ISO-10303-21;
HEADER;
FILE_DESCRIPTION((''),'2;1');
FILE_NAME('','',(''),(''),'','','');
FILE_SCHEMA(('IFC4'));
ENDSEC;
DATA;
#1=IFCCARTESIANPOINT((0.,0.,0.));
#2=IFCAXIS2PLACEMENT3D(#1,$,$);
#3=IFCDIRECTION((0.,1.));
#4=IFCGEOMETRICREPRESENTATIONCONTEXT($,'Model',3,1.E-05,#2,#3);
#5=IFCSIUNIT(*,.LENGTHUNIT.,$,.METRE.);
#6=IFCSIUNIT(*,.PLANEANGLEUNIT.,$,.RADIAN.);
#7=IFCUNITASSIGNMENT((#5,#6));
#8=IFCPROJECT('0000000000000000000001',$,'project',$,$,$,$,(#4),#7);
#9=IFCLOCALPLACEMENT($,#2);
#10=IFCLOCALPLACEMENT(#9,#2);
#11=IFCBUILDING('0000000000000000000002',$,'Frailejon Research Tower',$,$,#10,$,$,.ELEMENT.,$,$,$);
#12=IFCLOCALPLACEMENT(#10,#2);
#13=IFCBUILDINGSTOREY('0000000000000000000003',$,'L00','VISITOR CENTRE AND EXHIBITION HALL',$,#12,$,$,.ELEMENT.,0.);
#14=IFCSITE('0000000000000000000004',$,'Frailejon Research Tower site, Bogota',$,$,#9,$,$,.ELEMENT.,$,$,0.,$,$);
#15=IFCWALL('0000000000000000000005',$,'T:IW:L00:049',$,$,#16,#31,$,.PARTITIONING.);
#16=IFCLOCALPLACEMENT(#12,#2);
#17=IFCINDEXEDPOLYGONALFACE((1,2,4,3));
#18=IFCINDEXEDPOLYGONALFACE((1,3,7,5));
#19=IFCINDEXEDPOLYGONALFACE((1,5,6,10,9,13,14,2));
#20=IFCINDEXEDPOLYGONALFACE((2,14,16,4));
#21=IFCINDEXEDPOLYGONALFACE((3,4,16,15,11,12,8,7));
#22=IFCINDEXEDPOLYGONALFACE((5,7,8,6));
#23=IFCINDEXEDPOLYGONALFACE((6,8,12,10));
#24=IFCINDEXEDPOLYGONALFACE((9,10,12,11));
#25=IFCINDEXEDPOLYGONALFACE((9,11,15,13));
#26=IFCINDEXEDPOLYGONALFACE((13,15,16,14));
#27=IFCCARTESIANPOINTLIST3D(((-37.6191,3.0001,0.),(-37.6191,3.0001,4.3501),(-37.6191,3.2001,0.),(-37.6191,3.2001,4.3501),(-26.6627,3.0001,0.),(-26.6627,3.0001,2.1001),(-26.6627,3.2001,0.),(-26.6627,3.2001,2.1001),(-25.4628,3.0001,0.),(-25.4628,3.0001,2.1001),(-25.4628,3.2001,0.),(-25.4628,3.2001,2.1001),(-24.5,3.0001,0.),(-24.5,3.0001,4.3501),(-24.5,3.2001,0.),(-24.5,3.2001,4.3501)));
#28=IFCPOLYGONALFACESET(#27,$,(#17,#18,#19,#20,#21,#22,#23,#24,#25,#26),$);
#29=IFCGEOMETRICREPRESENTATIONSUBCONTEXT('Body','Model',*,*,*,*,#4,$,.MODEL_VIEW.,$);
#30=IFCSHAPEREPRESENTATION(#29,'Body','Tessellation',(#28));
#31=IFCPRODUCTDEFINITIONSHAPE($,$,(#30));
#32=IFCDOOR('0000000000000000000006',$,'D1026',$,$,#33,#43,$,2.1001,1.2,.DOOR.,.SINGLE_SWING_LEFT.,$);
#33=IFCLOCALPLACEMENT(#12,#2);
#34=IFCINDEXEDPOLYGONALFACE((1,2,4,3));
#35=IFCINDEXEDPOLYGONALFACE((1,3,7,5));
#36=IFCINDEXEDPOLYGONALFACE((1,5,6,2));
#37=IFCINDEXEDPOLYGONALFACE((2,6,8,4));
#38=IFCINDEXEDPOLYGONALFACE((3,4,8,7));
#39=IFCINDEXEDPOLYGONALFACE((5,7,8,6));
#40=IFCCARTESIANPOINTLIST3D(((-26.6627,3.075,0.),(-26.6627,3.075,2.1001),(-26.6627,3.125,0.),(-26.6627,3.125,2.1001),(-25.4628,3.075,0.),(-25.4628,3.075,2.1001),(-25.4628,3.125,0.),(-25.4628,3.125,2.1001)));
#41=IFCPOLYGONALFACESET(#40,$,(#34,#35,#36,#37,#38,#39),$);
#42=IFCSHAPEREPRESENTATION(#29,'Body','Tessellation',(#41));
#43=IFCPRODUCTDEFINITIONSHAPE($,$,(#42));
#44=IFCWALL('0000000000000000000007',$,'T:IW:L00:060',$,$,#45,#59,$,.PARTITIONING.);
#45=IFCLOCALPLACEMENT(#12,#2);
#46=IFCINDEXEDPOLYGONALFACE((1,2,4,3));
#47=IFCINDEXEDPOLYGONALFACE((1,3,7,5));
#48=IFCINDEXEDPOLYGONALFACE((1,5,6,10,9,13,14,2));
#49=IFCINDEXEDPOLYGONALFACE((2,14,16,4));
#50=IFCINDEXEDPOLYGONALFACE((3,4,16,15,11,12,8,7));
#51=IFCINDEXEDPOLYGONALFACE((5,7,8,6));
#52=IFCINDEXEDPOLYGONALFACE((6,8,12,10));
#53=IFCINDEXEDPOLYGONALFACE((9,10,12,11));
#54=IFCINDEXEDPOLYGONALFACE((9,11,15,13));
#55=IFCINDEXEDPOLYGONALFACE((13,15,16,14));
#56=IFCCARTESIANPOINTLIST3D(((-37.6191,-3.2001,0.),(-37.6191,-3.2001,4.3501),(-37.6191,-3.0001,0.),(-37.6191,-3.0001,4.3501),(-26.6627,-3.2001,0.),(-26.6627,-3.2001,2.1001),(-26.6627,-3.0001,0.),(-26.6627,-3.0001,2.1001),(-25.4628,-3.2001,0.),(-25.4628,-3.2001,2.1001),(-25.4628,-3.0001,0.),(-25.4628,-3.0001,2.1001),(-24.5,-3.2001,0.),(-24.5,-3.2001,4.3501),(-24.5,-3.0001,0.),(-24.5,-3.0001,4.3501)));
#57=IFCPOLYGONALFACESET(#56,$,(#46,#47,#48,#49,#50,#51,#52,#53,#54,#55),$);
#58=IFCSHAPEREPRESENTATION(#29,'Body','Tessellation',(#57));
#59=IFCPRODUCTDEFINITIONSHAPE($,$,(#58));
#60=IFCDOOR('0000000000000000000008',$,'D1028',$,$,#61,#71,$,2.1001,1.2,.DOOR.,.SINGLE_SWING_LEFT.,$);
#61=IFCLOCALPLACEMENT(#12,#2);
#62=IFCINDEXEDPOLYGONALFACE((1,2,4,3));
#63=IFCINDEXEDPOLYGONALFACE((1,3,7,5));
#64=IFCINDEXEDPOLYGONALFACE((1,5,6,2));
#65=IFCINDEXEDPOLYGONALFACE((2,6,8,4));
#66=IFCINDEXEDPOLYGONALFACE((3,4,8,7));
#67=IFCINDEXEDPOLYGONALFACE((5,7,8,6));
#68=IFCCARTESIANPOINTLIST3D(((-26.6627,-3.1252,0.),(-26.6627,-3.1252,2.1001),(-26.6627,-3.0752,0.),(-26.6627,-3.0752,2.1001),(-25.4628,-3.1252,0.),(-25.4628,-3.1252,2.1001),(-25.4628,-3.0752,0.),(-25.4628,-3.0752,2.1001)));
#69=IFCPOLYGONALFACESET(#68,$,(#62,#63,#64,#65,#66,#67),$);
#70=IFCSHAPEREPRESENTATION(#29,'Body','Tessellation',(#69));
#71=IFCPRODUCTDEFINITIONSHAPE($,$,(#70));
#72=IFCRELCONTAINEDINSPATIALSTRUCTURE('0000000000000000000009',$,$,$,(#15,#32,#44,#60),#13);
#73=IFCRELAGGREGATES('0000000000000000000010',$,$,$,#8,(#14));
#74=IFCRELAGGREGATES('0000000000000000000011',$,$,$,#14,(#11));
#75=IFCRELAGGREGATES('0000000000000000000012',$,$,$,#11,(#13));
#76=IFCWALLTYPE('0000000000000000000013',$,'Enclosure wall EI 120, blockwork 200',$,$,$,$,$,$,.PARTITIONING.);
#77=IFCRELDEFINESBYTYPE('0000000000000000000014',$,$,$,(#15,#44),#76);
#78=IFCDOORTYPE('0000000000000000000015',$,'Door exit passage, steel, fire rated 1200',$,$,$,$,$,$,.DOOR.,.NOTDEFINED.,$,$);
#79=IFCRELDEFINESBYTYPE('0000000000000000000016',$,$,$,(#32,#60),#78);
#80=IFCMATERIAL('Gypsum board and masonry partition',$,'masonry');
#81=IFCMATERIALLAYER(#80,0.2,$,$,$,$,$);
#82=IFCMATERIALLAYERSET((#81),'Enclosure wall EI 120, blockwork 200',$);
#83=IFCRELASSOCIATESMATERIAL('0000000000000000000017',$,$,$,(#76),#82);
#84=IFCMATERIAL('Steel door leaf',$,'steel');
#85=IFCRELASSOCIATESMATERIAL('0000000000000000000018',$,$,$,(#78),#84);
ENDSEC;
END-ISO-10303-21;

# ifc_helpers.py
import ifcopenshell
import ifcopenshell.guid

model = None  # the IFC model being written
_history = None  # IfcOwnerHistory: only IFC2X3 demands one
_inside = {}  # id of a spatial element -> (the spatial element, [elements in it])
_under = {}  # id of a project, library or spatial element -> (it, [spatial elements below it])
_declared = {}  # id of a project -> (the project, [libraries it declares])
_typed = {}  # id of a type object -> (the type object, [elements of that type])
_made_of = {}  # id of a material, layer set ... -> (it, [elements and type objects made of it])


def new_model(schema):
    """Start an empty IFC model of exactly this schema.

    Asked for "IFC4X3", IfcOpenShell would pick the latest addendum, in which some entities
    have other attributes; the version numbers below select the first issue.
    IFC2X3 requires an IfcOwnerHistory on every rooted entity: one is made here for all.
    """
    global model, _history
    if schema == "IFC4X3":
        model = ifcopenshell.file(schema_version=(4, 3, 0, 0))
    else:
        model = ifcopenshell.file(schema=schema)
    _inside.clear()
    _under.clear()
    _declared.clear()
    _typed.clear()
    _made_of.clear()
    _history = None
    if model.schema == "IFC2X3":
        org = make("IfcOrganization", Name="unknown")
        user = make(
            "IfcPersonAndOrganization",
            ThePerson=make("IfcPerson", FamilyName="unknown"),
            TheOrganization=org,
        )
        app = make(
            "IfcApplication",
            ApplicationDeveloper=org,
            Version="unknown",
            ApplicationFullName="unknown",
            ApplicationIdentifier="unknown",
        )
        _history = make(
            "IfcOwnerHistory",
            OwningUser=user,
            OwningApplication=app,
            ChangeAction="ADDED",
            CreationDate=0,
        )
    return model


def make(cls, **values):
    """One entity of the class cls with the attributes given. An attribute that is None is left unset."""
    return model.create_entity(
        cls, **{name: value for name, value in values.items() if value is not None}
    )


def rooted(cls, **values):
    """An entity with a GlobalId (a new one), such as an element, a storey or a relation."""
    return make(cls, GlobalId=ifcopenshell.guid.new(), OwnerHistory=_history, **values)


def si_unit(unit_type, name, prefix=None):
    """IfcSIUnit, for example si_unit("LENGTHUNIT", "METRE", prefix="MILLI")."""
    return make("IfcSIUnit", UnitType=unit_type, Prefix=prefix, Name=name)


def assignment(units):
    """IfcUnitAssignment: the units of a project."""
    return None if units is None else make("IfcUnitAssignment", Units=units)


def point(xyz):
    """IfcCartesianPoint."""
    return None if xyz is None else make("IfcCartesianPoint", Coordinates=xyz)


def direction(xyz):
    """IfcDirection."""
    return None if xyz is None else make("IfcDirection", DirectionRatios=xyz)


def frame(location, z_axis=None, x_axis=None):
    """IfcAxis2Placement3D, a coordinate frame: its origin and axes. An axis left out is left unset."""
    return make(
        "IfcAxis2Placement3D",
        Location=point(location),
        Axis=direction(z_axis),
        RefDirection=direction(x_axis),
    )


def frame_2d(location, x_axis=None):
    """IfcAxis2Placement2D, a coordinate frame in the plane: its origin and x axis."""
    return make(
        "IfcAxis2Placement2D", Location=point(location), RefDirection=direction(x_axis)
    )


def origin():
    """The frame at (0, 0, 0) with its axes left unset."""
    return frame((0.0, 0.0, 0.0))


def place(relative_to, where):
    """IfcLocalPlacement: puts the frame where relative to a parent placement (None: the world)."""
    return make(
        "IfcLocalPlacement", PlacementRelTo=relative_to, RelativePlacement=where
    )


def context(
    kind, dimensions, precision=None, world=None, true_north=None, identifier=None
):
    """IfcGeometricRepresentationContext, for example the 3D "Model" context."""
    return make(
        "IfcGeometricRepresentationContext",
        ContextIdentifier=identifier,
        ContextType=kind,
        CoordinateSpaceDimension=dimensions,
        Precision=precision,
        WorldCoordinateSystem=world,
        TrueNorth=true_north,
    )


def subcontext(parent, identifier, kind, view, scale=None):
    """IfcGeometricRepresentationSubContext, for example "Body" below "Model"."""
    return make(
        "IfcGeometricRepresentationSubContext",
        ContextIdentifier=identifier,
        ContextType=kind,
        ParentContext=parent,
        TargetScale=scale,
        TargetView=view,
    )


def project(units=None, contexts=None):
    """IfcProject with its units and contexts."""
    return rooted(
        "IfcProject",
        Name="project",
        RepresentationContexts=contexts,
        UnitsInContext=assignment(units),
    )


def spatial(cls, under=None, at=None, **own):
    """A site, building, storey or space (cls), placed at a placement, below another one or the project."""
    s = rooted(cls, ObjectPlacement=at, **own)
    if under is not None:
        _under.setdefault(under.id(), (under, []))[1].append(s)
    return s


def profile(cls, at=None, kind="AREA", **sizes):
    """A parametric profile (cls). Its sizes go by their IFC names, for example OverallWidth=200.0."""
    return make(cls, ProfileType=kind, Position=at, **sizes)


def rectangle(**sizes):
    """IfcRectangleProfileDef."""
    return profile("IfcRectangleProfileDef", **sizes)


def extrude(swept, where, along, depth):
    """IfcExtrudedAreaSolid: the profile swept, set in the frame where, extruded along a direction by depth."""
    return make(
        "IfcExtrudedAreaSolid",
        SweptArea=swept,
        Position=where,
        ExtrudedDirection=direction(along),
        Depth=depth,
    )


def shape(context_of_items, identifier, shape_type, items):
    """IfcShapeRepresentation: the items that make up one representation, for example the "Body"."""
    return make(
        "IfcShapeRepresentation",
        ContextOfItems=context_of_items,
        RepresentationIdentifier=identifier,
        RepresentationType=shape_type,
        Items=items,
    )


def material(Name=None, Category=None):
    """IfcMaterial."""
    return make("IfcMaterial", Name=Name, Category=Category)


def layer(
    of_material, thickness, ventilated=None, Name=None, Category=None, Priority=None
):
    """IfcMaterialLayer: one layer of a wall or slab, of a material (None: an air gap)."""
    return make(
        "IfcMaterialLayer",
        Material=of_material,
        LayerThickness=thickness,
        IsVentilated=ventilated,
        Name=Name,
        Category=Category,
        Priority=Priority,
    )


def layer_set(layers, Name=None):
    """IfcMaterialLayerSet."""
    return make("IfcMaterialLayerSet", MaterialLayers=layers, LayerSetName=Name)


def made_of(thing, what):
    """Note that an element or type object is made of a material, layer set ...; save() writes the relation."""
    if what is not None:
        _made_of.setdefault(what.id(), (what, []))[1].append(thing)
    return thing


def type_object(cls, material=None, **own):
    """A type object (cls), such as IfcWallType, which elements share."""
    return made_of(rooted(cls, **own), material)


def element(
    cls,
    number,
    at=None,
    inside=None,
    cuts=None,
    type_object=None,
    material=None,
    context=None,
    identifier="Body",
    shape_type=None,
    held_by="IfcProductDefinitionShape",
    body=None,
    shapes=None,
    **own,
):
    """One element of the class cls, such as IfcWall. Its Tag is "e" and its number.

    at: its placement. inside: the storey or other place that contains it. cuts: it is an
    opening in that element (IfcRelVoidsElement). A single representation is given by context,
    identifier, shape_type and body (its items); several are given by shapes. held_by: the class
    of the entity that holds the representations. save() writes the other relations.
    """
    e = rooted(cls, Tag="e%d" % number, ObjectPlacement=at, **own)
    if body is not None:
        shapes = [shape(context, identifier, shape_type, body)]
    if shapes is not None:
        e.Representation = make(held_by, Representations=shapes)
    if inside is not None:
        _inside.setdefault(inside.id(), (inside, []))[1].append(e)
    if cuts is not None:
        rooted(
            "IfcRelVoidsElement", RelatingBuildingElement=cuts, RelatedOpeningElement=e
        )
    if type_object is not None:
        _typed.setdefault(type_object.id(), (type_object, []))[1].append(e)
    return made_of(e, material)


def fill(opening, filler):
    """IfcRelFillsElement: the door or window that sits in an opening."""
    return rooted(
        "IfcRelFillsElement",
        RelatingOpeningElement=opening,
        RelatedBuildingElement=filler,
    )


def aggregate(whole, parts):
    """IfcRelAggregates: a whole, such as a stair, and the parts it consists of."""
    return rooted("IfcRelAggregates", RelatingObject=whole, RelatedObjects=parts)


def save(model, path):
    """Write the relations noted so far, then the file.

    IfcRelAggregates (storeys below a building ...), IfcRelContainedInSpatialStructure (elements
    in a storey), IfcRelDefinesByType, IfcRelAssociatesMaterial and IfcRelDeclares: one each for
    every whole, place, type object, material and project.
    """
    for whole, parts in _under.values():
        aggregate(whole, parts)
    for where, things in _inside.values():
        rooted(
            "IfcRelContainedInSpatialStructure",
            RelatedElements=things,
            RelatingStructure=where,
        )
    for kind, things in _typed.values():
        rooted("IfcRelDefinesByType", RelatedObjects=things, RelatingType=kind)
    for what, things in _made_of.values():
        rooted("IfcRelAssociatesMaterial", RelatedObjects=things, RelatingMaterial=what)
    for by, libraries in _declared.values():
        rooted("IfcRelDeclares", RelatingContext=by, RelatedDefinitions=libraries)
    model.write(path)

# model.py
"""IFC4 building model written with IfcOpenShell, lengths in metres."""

from ifc_helpers import new_model, si_unit, direction, frame, frame_2d, origin, place, context, subcontext, project, spatial, rectangle, extrude, material, layer, layer_set, type_object, element, fill, save


model = new_model("IFC4")

# Units and contexts
model_context = context("Model", 3, precision=1e-05, world=origin(), true_north=direction((0.0, 1.0)))
body_context = subcontext(model_context, "Body", "Model", "MODEL_VIEW")
ifc_project = project(units=[si_unit("LENGTHUNIT", "METRE"), si_unit("PLANEANGLEUNIT", "RADIAN")], contexts=[model_context])

# Site, building, storey
site_placement = place(None, origin())
site = spatial("IfcSite", under=ifc_project, at=site_placement, Name="Frailejon Research Tower site, Bogota", CompositionType="ELEMENT", RefElevation=0.0)
building_placement = place(site_placement, origin())
building = spatial("IfcBuilding", under=site, at=building_placement, Name="Frailejon Research Tower", CompositionType="ELEMENT")
storey_placement = place(building_placement, origin())
storey = spatial("IfcBuildingStorey", under=building, at=storey_placement, Name="L00", Description="VISITOR CENTRE AND EXHIBITION HALL", CompositionType="ELEMENT", Elevation=0.0)

# Walls, openings, doors
ifc_material_1 = material(Name="Gypsum board and masonry partition", Category="masonry")
ifc_layer_1 = layer(ifc_material_1, 0.2)
ifc_layer_set_1 = layer_set([ifc_layer_1], Name="Enclosure wall EI 120, blockwork 200")
wall_type_1 = type_object("IfcWallType", Name="Enclosure wall EI 120, blockwork 200", PredefinedType="PARTITIONING", material=ifc_layer_set_1)
wall_1_placement = place(storey_placement, frame((-37.6191, 3.1001, 0.0), z_axis=(0.0, 0.0, 1.0), x_axis=(1.0, 0.0, 0.0)))
wall_1 = element("IfcWall", 1, at=wall_1_placement, inside=storey, type_object=wall_type_1, Name="T:IW:L00:049", PredefinedType="PARTITIONING", context=body_context, shape_type="SweptSolid", body=[
    extrude(rectangle(XDim=13.1191, YDim=0.2, at=frame_2d((6.5596, 0.0))), origin(), (0.0, 0.0, 1.0), 4.3501),
])
opening_1_placement = place(wall_1_placement, frame((10.9563, 0.0, 0.0)))
opening_1 = element("IfcOpeningElement", 2, at=opening_1_placement, cuts=wall_1, PredefinedType="OPENING", context=body_context, shape_type="SweptSolid", body=[
    extrude(rectangle(XDim=1.2, YDim=2.1001, at=frame_2d((0.6001, 1.05))), frame((0.0, 0.1099, 0.0), z_axis=(0.0, -1.0, 0.0), x_axis=(1.0, 0.0, 0.0)), (0.0, 0.0, 1.0), 0.22),
])
ifc_material_2 = material(Name="Steel door leaf", Category="steel")
door_type_1 = type_object("IfcDoorType", Name="Door exit passage, steel, fire rated 1200", OperationType="NOTDEFINED", PredefinedType="DOOR", material=ifc_material_2)
door_1_placement = place(opening_1_placement, origin())
door_1 = element("IfcDoor", 3, at=door_1_placement, inside=storey, type_object=door_type_1, Name="D1026", OperationType="SINGLE_SWING_LEFT", OverallHeight=2.1001, OverallWidth=1.2, PredefinedType="DOOR", context=body_context, shape_type="SweptSolid", body=[
    extrude(rectangle(XDim=1.2, YDim=2.1001, at=frame_2d((0.6001, 1.05))), frame((0.0, 0.0249, 0.0), z_axis=(0.0, -1.0, 0.0), x_axis=(1.0, 0.0, 0.0)), (0.0, 0.0, 1.0), 0.05),
])
fill(opening_1, door_1)
wall_2_placement = place(storey_placement, frame((-37.6191, -3.1001, 0.0), z_axis=(0.0, 0.0, 1.0), x_axis=(1.0, 0.0, 0.0)))
wall_2 = element("IfcWall", 4, at=wall_2_placement, inside=storey, type_object=wall_type_1, Name="T:IW:L00:060", PredefinedType="PARTITIONING", context=body_context, shape_type="SweptSolid", body=[
    extrude(rectangle(XDim=13.1191, YDim=0.2, at=frame_2d((6.5596, 0.0))), origin(), (0.0, 0.0, 1.0), 4.3501),
])
opening_2_placement = place(wall_2_placement, frame((10.9563, 0.0, 0.0)))
opening_2 = element("IfcOpeningElement", 5, at=opening_2_placement, cuts=wall_2, PredefinedType="OPENING", context=body_context, shape_type="SweptSolid", body=[
    extrude(rectangle(XDim=1.2, YDim=2.1001, at=frame_2d((0.6001, 1.05))), frame((0.0, 0.1099, 0.0), z_axis=(0.0, -1.0, 0.0), x_axis=(1.0, 0.0, 0.0)), (0.0, 0.0, 1.0), 0.22),
])
door_2_placement = place(opening_2_placement, origin())
door_2 = element("IfcDoor", 6, at=door_2_placement, inside=storey, type_object=door_type_1, Name="D1028", OperationType="SINGLE_SWING_LEFT", OverallHeight=2.1001, OverallWidth=1.2, PredefinedType="DOOR", context=body_context, shape_type="SweptSolid", body=[
    extrude(rectangle(XDim=1.2, YDim=2.1001, at=frame_2d((0.6001, 1.05))), frame((0.0, 0.0249, 0.0), z_axis=(0.0, -1.0, 0.0), x_axis=(1.0, 0.0, 0.0)), (0.0, 0.0, 1.0), 0.05),
])
fill(opening_2, door_2)

save(model, "model.ifc")
